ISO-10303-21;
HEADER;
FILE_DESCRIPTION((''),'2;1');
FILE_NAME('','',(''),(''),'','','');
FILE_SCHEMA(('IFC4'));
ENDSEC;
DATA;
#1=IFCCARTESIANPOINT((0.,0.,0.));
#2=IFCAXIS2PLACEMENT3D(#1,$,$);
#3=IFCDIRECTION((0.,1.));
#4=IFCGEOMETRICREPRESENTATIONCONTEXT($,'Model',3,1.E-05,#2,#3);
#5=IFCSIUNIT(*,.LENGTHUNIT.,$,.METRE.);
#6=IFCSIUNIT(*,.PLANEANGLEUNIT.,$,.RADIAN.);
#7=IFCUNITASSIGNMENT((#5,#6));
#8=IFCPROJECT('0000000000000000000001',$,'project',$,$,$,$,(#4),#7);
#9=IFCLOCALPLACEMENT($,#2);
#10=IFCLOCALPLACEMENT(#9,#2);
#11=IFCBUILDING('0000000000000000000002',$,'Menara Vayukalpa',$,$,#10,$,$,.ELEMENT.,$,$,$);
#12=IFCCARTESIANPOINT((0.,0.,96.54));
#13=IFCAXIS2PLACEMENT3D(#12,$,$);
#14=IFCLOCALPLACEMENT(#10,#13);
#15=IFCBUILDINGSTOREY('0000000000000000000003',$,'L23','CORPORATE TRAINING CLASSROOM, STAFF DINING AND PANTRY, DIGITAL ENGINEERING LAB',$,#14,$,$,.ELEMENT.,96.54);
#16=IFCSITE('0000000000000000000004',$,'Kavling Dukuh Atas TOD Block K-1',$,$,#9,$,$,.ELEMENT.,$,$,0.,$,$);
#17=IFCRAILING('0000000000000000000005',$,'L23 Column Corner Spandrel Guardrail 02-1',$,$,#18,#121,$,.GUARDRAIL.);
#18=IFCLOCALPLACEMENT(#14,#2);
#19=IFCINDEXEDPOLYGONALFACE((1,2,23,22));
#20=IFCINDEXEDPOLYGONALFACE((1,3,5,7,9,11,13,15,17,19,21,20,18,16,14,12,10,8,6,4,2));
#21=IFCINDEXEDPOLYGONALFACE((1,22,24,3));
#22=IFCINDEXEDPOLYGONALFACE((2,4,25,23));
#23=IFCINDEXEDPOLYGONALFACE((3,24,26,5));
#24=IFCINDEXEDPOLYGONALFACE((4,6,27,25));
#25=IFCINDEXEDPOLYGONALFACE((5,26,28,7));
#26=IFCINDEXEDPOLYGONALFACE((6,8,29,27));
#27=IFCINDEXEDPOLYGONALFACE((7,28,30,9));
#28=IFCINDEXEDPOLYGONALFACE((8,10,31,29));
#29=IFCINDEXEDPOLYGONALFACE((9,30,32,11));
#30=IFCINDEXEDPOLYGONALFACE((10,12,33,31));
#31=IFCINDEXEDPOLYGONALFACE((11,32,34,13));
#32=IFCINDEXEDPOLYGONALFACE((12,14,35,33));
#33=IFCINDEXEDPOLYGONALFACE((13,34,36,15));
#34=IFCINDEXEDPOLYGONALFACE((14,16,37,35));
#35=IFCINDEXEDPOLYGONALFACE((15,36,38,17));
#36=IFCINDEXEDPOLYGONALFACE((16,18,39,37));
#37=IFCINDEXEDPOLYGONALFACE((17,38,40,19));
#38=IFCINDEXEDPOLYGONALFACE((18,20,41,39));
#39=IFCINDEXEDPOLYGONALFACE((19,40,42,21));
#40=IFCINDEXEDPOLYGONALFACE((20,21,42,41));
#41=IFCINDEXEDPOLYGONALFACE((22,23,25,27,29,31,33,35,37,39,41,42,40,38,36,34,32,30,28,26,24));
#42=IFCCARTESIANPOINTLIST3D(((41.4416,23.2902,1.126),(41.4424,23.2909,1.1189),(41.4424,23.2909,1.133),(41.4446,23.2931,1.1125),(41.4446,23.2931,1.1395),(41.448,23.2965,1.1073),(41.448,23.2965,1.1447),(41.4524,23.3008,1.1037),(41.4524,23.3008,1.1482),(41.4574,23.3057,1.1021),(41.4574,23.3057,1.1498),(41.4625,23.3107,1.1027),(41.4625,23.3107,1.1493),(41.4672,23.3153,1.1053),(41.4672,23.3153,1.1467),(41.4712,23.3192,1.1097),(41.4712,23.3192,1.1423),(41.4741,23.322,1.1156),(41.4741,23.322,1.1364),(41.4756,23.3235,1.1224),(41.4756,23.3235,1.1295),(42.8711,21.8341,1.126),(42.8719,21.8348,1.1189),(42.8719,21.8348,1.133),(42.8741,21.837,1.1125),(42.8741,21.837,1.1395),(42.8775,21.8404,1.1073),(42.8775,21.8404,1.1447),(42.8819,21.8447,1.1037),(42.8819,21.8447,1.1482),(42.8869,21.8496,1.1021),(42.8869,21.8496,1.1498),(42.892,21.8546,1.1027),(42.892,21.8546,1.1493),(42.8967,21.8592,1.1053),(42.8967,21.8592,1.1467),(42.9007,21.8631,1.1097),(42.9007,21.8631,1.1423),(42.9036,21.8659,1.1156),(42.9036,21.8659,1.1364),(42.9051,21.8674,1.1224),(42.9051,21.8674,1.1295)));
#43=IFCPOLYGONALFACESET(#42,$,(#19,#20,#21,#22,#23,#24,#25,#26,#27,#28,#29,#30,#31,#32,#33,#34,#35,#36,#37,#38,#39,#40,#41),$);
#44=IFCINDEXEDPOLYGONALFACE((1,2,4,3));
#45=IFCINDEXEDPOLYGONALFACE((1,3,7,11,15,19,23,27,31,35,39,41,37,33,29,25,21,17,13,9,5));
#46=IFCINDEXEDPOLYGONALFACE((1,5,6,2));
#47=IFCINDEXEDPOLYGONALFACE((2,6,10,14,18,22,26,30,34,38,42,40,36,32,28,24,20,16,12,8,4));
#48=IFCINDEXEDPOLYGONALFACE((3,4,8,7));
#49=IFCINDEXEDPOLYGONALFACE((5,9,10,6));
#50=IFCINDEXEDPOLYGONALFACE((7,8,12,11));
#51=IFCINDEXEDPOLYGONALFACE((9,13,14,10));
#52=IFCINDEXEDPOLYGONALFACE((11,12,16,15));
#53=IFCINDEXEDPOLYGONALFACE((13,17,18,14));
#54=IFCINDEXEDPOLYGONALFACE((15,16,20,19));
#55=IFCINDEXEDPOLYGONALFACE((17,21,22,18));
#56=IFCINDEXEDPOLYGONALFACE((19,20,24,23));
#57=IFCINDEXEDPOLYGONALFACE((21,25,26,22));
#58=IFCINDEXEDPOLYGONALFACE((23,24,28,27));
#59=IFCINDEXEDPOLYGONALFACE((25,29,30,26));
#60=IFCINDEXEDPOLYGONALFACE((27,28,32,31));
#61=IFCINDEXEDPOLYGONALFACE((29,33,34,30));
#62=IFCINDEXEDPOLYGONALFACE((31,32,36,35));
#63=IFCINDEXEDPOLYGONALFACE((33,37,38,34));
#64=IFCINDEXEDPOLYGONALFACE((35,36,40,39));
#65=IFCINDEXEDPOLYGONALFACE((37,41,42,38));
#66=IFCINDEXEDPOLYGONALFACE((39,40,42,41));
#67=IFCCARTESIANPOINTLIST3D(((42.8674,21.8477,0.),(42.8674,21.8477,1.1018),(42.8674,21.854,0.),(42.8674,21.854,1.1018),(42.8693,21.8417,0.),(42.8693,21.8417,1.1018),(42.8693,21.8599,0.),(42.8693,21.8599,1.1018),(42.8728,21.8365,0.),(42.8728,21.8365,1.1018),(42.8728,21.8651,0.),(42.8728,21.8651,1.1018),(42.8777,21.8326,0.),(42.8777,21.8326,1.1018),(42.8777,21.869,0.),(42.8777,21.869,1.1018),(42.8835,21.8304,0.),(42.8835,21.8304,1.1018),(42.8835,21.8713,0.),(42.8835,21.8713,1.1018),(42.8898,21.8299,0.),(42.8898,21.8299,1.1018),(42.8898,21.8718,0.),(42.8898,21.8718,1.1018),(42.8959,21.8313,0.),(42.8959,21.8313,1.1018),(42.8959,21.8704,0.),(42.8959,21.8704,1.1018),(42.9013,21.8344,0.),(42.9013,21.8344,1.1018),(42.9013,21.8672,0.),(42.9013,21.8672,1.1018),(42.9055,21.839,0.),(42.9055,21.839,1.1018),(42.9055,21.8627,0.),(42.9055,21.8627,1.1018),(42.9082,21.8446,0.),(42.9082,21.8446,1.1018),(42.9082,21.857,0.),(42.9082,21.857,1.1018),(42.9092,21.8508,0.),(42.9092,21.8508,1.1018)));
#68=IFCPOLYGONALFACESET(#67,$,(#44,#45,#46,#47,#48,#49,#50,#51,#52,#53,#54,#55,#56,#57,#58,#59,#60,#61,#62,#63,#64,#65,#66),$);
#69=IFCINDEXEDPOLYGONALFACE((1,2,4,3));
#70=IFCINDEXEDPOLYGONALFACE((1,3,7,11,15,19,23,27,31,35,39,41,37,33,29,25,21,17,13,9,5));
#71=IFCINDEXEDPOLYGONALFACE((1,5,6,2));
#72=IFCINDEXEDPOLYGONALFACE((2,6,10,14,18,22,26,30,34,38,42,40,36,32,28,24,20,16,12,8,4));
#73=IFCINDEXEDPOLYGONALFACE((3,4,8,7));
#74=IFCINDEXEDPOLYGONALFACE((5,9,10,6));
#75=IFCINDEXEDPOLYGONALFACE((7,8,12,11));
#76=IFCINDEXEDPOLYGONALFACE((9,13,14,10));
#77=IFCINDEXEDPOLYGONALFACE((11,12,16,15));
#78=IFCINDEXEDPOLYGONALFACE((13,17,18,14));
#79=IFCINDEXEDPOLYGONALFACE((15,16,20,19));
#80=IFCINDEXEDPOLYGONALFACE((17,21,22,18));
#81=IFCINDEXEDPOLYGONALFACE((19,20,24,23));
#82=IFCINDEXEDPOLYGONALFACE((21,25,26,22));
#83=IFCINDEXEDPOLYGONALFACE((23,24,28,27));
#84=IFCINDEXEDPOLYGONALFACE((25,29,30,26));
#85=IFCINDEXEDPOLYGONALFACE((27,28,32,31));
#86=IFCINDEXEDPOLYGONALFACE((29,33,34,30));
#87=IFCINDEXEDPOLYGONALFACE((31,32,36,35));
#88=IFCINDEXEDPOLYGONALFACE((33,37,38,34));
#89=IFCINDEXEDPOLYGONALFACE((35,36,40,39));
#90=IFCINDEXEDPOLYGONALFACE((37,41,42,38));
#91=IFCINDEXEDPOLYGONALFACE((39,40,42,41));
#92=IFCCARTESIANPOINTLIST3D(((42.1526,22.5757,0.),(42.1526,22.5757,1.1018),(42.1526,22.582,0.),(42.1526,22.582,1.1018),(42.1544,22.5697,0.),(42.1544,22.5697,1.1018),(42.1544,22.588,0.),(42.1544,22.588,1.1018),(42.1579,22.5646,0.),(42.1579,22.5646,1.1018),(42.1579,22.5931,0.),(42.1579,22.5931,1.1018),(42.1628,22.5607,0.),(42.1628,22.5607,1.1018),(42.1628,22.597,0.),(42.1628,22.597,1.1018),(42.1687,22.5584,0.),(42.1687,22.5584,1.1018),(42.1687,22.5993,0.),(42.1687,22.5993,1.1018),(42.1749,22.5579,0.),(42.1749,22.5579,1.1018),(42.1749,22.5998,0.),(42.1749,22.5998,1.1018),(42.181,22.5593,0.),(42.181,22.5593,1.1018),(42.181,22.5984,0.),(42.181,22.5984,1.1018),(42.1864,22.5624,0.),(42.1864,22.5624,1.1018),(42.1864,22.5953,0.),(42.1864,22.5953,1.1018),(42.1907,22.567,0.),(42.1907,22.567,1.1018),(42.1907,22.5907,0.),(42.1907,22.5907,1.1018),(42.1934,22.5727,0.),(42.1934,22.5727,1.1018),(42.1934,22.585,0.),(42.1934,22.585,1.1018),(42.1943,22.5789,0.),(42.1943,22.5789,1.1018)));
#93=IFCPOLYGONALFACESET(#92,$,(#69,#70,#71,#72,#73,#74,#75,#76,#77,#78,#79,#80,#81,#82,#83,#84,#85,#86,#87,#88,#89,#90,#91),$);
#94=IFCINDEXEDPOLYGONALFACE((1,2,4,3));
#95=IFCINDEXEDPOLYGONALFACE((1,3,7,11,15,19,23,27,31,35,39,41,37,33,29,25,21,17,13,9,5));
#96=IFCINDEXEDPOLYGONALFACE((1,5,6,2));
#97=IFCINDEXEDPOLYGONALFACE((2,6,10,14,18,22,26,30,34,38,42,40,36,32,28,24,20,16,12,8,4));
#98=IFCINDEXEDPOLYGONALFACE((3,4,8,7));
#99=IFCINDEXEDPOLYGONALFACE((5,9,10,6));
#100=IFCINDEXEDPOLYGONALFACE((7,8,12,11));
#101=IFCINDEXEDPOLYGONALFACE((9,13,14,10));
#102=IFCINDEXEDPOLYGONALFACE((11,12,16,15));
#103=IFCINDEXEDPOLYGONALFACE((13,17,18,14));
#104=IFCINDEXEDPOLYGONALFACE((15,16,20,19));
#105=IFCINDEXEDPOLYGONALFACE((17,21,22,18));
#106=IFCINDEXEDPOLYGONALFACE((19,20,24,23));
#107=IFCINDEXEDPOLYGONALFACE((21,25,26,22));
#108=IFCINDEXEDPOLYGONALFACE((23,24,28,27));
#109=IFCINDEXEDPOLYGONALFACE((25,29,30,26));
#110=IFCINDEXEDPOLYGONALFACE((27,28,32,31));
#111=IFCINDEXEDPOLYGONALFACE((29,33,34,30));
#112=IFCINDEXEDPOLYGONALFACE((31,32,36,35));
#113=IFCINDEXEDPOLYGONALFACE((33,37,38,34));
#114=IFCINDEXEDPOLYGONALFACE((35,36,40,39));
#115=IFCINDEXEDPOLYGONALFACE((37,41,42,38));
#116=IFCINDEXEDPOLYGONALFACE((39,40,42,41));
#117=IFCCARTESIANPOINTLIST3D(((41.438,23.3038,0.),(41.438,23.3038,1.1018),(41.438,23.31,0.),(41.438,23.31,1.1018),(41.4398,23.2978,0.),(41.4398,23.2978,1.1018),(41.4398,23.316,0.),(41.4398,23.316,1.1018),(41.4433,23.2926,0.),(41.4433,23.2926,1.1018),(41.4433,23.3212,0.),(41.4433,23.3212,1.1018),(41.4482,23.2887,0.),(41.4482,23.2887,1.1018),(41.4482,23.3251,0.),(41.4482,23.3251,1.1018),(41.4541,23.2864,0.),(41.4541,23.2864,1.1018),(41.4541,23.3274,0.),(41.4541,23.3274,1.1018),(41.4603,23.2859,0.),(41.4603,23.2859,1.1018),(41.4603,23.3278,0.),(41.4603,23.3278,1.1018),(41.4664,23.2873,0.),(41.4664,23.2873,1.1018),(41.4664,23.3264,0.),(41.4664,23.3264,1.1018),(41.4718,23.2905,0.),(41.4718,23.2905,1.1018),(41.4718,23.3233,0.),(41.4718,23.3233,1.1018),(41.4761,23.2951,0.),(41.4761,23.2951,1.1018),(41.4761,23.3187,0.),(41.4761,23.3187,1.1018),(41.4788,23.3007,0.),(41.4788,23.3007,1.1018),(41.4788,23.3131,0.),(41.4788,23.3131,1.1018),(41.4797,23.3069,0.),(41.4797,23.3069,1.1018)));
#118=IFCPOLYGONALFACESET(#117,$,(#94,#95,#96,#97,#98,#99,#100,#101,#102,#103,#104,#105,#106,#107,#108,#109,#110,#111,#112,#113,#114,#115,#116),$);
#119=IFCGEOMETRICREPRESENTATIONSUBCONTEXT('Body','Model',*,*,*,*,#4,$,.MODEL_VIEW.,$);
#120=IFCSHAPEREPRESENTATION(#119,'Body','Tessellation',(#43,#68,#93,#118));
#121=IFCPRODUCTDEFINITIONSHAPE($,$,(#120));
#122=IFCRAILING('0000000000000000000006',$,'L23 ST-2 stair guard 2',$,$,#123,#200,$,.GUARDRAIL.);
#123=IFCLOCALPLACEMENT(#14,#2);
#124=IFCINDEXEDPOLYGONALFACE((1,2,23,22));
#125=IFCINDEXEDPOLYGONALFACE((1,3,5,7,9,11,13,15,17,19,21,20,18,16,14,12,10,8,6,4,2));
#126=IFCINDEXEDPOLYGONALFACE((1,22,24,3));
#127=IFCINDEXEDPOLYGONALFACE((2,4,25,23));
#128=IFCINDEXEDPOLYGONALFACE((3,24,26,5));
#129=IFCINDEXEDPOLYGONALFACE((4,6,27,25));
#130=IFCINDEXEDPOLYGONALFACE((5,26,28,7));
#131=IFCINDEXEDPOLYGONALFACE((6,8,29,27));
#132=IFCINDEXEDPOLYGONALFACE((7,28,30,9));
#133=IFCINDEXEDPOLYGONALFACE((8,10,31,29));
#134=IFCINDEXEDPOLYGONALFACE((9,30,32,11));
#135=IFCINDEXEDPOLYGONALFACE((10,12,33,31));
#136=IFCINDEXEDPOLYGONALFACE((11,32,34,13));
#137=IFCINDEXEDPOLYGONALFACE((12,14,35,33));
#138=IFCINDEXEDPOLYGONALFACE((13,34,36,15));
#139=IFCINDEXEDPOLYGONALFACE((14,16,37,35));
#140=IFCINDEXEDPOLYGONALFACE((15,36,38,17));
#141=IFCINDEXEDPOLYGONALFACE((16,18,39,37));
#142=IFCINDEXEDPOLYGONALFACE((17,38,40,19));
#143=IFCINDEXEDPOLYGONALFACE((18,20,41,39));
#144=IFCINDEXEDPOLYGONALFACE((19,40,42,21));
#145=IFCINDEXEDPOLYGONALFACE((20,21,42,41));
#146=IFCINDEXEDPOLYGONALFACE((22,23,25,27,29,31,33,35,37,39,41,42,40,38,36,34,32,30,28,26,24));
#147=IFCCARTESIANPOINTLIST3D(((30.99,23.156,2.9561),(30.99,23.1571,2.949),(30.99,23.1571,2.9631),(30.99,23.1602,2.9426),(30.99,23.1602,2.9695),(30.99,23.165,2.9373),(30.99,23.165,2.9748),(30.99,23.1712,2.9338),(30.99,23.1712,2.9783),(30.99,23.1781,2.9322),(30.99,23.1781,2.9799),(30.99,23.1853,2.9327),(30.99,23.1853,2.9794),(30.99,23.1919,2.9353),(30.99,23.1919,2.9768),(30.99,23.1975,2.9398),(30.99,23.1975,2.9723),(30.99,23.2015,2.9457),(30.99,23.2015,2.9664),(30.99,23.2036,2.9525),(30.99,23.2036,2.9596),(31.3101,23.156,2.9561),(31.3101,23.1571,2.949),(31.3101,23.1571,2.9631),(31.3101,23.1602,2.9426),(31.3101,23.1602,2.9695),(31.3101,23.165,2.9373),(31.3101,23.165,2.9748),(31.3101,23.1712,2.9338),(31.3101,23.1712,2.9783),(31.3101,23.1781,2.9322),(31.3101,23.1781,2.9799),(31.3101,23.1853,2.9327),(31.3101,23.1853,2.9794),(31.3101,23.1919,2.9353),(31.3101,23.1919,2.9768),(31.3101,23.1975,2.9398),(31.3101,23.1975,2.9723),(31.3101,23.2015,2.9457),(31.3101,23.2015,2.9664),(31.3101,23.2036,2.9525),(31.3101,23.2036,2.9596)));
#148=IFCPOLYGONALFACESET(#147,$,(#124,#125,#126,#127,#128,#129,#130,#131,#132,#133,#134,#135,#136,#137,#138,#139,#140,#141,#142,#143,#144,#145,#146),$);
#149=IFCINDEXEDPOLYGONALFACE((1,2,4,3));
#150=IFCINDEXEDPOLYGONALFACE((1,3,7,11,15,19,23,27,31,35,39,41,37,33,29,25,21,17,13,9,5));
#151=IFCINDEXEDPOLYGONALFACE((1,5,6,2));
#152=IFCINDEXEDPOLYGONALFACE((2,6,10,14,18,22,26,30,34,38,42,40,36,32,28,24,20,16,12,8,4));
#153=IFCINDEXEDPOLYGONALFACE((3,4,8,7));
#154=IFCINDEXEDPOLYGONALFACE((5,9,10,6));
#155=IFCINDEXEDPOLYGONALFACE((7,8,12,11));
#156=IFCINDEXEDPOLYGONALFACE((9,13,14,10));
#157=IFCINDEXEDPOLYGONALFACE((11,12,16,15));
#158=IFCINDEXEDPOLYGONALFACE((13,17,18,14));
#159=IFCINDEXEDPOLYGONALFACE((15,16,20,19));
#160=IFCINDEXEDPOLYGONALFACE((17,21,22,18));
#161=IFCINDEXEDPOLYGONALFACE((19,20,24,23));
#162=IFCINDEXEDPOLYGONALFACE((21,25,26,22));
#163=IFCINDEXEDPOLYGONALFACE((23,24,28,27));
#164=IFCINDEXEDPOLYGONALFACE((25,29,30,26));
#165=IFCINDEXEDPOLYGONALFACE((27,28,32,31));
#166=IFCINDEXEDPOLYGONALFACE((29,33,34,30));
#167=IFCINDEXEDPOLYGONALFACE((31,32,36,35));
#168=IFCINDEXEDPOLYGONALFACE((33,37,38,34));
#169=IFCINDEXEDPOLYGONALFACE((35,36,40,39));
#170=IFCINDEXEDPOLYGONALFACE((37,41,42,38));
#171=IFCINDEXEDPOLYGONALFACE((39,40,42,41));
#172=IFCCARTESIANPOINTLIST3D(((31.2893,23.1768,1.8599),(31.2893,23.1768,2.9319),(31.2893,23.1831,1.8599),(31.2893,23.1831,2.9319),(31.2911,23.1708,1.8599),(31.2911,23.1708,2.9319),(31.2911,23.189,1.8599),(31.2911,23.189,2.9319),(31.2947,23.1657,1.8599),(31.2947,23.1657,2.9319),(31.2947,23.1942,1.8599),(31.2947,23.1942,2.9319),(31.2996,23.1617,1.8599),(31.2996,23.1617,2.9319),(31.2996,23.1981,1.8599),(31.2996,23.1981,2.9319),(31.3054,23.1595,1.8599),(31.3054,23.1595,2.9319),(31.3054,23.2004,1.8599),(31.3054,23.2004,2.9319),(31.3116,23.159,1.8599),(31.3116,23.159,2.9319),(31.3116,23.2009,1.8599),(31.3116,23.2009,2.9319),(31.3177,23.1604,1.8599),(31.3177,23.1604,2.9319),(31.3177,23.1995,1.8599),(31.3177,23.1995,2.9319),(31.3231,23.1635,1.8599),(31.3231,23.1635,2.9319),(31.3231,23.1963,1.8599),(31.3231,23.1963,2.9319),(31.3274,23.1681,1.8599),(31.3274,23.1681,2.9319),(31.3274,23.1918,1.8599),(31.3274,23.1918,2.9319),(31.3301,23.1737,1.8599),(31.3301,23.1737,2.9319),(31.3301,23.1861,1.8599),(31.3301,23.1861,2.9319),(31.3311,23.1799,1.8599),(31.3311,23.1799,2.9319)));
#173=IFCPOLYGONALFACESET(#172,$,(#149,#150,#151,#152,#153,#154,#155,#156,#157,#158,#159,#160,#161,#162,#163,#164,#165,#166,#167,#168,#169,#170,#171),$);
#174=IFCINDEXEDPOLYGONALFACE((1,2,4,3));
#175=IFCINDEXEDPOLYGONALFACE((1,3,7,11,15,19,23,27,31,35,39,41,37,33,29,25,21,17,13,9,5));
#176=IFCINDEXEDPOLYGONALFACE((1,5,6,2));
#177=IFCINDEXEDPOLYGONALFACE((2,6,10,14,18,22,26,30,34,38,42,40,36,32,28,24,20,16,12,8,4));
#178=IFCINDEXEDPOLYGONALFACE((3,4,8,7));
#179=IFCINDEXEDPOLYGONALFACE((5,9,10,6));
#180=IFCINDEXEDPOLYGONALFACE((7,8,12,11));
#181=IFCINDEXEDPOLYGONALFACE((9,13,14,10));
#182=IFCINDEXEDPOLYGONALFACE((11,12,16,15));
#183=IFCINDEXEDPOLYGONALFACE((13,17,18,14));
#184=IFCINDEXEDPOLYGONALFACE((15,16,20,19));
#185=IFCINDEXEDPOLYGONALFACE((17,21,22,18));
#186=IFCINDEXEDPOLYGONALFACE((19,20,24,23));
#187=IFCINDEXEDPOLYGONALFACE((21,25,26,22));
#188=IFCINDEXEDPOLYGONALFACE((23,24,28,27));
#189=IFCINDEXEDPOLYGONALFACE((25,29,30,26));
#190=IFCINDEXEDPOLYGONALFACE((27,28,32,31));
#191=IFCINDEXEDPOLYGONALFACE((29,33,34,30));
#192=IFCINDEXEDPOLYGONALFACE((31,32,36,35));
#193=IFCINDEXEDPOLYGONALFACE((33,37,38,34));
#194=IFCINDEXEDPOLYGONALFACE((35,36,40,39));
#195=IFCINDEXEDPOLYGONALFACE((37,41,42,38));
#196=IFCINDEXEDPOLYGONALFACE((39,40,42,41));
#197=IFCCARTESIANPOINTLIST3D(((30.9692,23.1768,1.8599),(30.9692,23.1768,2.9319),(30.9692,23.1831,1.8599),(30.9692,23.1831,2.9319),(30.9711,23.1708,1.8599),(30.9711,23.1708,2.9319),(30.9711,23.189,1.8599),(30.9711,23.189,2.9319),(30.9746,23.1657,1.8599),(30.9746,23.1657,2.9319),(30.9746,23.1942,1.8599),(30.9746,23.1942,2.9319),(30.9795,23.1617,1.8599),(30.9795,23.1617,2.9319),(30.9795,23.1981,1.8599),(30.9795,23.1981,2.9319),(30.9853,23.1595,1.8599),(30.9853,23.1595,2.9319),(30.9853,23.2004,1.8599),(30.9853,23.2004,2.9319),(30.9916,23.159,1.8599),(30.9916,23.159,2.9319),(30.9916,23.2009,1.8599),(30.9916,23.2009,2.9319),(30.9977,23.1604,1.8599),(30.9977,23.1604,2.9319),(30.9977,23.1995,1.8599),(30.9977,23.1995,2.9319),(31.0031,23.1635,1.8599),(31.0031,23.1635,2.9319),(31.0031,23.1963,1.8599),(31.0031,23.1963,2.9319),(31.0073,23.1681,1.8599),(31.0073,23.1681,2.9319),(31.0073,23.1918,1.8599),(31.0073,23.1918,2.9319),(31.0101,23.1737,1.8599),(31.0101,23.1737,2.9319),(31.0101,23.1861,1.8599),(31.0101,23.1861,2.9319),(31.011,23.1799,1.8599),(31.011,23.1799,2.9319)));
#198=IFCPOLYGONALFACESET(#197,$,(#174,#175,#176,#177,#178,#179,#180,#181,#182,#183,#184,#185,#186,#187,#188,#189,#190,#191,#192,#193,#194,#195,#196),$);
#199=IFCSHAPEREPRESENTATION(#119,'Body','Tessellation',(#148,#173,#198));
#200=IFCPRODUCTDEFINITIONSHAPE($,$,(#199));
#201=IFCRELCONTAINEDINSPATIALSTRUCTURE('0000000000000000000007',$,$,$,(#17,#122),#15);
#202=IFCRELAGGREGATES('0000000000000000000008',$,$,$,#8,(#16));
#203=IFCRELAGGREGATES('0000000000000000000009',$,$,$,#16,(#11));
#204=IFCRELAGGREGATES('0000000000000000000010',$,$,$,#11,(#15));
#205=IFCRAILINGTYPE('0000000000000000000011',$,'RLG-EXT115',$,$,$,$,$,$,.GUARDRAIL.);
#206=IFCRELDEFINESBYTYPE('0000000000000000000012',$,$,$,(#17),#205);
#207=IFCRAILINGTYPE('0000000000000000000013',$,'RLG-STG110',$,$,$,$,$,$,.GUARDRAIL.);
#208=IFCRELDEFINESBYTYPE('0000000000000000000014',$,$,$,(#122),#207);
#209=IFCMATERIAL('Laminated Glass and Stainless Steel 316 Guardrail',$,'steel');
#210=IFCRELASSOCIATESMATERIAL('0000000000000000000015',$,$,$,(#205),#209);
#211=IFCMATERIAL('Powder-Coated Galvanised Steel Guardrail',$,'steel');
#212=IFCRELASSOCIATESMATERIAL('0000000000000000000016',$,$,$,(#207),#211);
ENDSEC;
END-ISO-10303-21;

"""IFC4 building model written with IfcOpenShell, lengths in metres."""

from ifc_helpers import new_model, si_unit, direction, frame, origin, origin_2d, place, context, subcontext, project, spatial, circle, extrude, material, type_object, element, save


model = new_model("IFC4")

# Units and contexts
model_context = context("Model", 3, precision=1e-05, world=origin(), true_north=direction((0.0, 1.0)))
body_context = subcontext(model_context, "Body", "Model", "MODEL_VIEW")
ifc_project = project(units=[si_unit("LENGTHUNIT", "METRE"), si_unit("PLANEANGLEUNIT", "RADIAN")], contexts=[model_context])

# Site, building, storey
site_placement = place(None, origin())
site = spatial("IfcSite", under=ifc_project, at=site_placement, Name="Kavling Dukuh Atas TOD Block K-1", CompositionType="ELEMENT", RefElevation=0.0)
building_placement = place(site_placement, origin())
building = spatial("IfcBuilding", under=site, at=building_placement, Name="Menara Vayukalpa", CompositionType="ELEMENT")
storey_placement = place(building_placement, frame((0.0, 0.0, 96.54)))
storey = spatial("IfcBuildingStorey", under=building, at=storey_placement, Name="L23", Description="CORPORATE TRAINING CLASSROOM, STAFF DINING AND PANTRY, DIGITAL ENGINEERING LAB", CompositionType="ELEMENT", Elevation=96.54)

# Railings
ifc_material_1 = material(Name="Laminated Glass and Stainless Steel 316 Guardrail", Category="steel")
railing_type_1 = type_object("IfcRailingType", Name="RLG-EXT115", PredefinedType="GUARDRAIL", material=ifc_material_1)
railing_1_placement = place(storey_placement, frame((42.8882, 21.8508, 0.0)))
element("IfcRailing", 1, at=railing_1_placement, inside=storey, type_object=railing_type_1, Name="L23 Column Corner Spandrel Guardrail 02-1", PredefinedType="GUARDRAIL", context=body_context, shape_type="SweptSolid", body=[
    extrude(circle(Radius=0.0239, at=origin_2d()), frame((0.0, 0.0, 1.126), z_axis=(-0.700556, 0.713598, 0.0), x_axis=(-0.713598, -0.700556, 0.0)), (0.0, 0.0, 1.0), 2.0405),
    extrude(circle(Radius=0.021, at=origin_2d()), origin(), (0.0, 0.0, 1.0), 1.1018),
    extrude(circle(Radius=0.021, at=origin_2d()), frame((-0.7148, 0.728, 0.0)), (0.0, 0.0, 1.0), 1.1018),
    extrude(circle(Radius=0.021, at=origin_2d()), frame((-1.4294, 1.4561, 0.0)), (0.0, 0.0, 1.0), 1.1018),
])
ifc_material_2 = material(Name="Powder-Coated Galvanised Steel Guardrail", Category="steel")
railing_type_2 = type_object("IfcRailingType", Name="RLG-STG110", PredefinedType="GUARDRAIL", material=ifc_material_2)
railing_2_placement = place(storey_placement, frame((31.3101, 23.1799, 1.8599)))
element("IfcRailing", 2, at=railing_2_placement, inside=storey, type_object=railing_type_2, Name="L23 ST-2 stair guard 2", PredefinedType="GUARDRAIL", context=body_context, shape_type="SweptSolid", body=[
    extrude(circle(Radius=0.0239, at=origin_2d()), frame((0.0, 0.0, 1.0962), z_axis=(-1.0, 0.0, 0.0), x_axis=(0.0, -1.0, 0.0)), (0.0, 0.0, 1.0), 0.3201),
    extrude(circle(Radius=0.021, at=origin_2d()), origin(), (0.0, 0.0, 1.0), 1.072),
    extrude(circle(Radius=0.021, at=origin_2d()), frame((-0.3201, 0.0, 0.0)), (0.0, 0.0, 1.0), 1.072),
])

save(model, "model.ifc")
